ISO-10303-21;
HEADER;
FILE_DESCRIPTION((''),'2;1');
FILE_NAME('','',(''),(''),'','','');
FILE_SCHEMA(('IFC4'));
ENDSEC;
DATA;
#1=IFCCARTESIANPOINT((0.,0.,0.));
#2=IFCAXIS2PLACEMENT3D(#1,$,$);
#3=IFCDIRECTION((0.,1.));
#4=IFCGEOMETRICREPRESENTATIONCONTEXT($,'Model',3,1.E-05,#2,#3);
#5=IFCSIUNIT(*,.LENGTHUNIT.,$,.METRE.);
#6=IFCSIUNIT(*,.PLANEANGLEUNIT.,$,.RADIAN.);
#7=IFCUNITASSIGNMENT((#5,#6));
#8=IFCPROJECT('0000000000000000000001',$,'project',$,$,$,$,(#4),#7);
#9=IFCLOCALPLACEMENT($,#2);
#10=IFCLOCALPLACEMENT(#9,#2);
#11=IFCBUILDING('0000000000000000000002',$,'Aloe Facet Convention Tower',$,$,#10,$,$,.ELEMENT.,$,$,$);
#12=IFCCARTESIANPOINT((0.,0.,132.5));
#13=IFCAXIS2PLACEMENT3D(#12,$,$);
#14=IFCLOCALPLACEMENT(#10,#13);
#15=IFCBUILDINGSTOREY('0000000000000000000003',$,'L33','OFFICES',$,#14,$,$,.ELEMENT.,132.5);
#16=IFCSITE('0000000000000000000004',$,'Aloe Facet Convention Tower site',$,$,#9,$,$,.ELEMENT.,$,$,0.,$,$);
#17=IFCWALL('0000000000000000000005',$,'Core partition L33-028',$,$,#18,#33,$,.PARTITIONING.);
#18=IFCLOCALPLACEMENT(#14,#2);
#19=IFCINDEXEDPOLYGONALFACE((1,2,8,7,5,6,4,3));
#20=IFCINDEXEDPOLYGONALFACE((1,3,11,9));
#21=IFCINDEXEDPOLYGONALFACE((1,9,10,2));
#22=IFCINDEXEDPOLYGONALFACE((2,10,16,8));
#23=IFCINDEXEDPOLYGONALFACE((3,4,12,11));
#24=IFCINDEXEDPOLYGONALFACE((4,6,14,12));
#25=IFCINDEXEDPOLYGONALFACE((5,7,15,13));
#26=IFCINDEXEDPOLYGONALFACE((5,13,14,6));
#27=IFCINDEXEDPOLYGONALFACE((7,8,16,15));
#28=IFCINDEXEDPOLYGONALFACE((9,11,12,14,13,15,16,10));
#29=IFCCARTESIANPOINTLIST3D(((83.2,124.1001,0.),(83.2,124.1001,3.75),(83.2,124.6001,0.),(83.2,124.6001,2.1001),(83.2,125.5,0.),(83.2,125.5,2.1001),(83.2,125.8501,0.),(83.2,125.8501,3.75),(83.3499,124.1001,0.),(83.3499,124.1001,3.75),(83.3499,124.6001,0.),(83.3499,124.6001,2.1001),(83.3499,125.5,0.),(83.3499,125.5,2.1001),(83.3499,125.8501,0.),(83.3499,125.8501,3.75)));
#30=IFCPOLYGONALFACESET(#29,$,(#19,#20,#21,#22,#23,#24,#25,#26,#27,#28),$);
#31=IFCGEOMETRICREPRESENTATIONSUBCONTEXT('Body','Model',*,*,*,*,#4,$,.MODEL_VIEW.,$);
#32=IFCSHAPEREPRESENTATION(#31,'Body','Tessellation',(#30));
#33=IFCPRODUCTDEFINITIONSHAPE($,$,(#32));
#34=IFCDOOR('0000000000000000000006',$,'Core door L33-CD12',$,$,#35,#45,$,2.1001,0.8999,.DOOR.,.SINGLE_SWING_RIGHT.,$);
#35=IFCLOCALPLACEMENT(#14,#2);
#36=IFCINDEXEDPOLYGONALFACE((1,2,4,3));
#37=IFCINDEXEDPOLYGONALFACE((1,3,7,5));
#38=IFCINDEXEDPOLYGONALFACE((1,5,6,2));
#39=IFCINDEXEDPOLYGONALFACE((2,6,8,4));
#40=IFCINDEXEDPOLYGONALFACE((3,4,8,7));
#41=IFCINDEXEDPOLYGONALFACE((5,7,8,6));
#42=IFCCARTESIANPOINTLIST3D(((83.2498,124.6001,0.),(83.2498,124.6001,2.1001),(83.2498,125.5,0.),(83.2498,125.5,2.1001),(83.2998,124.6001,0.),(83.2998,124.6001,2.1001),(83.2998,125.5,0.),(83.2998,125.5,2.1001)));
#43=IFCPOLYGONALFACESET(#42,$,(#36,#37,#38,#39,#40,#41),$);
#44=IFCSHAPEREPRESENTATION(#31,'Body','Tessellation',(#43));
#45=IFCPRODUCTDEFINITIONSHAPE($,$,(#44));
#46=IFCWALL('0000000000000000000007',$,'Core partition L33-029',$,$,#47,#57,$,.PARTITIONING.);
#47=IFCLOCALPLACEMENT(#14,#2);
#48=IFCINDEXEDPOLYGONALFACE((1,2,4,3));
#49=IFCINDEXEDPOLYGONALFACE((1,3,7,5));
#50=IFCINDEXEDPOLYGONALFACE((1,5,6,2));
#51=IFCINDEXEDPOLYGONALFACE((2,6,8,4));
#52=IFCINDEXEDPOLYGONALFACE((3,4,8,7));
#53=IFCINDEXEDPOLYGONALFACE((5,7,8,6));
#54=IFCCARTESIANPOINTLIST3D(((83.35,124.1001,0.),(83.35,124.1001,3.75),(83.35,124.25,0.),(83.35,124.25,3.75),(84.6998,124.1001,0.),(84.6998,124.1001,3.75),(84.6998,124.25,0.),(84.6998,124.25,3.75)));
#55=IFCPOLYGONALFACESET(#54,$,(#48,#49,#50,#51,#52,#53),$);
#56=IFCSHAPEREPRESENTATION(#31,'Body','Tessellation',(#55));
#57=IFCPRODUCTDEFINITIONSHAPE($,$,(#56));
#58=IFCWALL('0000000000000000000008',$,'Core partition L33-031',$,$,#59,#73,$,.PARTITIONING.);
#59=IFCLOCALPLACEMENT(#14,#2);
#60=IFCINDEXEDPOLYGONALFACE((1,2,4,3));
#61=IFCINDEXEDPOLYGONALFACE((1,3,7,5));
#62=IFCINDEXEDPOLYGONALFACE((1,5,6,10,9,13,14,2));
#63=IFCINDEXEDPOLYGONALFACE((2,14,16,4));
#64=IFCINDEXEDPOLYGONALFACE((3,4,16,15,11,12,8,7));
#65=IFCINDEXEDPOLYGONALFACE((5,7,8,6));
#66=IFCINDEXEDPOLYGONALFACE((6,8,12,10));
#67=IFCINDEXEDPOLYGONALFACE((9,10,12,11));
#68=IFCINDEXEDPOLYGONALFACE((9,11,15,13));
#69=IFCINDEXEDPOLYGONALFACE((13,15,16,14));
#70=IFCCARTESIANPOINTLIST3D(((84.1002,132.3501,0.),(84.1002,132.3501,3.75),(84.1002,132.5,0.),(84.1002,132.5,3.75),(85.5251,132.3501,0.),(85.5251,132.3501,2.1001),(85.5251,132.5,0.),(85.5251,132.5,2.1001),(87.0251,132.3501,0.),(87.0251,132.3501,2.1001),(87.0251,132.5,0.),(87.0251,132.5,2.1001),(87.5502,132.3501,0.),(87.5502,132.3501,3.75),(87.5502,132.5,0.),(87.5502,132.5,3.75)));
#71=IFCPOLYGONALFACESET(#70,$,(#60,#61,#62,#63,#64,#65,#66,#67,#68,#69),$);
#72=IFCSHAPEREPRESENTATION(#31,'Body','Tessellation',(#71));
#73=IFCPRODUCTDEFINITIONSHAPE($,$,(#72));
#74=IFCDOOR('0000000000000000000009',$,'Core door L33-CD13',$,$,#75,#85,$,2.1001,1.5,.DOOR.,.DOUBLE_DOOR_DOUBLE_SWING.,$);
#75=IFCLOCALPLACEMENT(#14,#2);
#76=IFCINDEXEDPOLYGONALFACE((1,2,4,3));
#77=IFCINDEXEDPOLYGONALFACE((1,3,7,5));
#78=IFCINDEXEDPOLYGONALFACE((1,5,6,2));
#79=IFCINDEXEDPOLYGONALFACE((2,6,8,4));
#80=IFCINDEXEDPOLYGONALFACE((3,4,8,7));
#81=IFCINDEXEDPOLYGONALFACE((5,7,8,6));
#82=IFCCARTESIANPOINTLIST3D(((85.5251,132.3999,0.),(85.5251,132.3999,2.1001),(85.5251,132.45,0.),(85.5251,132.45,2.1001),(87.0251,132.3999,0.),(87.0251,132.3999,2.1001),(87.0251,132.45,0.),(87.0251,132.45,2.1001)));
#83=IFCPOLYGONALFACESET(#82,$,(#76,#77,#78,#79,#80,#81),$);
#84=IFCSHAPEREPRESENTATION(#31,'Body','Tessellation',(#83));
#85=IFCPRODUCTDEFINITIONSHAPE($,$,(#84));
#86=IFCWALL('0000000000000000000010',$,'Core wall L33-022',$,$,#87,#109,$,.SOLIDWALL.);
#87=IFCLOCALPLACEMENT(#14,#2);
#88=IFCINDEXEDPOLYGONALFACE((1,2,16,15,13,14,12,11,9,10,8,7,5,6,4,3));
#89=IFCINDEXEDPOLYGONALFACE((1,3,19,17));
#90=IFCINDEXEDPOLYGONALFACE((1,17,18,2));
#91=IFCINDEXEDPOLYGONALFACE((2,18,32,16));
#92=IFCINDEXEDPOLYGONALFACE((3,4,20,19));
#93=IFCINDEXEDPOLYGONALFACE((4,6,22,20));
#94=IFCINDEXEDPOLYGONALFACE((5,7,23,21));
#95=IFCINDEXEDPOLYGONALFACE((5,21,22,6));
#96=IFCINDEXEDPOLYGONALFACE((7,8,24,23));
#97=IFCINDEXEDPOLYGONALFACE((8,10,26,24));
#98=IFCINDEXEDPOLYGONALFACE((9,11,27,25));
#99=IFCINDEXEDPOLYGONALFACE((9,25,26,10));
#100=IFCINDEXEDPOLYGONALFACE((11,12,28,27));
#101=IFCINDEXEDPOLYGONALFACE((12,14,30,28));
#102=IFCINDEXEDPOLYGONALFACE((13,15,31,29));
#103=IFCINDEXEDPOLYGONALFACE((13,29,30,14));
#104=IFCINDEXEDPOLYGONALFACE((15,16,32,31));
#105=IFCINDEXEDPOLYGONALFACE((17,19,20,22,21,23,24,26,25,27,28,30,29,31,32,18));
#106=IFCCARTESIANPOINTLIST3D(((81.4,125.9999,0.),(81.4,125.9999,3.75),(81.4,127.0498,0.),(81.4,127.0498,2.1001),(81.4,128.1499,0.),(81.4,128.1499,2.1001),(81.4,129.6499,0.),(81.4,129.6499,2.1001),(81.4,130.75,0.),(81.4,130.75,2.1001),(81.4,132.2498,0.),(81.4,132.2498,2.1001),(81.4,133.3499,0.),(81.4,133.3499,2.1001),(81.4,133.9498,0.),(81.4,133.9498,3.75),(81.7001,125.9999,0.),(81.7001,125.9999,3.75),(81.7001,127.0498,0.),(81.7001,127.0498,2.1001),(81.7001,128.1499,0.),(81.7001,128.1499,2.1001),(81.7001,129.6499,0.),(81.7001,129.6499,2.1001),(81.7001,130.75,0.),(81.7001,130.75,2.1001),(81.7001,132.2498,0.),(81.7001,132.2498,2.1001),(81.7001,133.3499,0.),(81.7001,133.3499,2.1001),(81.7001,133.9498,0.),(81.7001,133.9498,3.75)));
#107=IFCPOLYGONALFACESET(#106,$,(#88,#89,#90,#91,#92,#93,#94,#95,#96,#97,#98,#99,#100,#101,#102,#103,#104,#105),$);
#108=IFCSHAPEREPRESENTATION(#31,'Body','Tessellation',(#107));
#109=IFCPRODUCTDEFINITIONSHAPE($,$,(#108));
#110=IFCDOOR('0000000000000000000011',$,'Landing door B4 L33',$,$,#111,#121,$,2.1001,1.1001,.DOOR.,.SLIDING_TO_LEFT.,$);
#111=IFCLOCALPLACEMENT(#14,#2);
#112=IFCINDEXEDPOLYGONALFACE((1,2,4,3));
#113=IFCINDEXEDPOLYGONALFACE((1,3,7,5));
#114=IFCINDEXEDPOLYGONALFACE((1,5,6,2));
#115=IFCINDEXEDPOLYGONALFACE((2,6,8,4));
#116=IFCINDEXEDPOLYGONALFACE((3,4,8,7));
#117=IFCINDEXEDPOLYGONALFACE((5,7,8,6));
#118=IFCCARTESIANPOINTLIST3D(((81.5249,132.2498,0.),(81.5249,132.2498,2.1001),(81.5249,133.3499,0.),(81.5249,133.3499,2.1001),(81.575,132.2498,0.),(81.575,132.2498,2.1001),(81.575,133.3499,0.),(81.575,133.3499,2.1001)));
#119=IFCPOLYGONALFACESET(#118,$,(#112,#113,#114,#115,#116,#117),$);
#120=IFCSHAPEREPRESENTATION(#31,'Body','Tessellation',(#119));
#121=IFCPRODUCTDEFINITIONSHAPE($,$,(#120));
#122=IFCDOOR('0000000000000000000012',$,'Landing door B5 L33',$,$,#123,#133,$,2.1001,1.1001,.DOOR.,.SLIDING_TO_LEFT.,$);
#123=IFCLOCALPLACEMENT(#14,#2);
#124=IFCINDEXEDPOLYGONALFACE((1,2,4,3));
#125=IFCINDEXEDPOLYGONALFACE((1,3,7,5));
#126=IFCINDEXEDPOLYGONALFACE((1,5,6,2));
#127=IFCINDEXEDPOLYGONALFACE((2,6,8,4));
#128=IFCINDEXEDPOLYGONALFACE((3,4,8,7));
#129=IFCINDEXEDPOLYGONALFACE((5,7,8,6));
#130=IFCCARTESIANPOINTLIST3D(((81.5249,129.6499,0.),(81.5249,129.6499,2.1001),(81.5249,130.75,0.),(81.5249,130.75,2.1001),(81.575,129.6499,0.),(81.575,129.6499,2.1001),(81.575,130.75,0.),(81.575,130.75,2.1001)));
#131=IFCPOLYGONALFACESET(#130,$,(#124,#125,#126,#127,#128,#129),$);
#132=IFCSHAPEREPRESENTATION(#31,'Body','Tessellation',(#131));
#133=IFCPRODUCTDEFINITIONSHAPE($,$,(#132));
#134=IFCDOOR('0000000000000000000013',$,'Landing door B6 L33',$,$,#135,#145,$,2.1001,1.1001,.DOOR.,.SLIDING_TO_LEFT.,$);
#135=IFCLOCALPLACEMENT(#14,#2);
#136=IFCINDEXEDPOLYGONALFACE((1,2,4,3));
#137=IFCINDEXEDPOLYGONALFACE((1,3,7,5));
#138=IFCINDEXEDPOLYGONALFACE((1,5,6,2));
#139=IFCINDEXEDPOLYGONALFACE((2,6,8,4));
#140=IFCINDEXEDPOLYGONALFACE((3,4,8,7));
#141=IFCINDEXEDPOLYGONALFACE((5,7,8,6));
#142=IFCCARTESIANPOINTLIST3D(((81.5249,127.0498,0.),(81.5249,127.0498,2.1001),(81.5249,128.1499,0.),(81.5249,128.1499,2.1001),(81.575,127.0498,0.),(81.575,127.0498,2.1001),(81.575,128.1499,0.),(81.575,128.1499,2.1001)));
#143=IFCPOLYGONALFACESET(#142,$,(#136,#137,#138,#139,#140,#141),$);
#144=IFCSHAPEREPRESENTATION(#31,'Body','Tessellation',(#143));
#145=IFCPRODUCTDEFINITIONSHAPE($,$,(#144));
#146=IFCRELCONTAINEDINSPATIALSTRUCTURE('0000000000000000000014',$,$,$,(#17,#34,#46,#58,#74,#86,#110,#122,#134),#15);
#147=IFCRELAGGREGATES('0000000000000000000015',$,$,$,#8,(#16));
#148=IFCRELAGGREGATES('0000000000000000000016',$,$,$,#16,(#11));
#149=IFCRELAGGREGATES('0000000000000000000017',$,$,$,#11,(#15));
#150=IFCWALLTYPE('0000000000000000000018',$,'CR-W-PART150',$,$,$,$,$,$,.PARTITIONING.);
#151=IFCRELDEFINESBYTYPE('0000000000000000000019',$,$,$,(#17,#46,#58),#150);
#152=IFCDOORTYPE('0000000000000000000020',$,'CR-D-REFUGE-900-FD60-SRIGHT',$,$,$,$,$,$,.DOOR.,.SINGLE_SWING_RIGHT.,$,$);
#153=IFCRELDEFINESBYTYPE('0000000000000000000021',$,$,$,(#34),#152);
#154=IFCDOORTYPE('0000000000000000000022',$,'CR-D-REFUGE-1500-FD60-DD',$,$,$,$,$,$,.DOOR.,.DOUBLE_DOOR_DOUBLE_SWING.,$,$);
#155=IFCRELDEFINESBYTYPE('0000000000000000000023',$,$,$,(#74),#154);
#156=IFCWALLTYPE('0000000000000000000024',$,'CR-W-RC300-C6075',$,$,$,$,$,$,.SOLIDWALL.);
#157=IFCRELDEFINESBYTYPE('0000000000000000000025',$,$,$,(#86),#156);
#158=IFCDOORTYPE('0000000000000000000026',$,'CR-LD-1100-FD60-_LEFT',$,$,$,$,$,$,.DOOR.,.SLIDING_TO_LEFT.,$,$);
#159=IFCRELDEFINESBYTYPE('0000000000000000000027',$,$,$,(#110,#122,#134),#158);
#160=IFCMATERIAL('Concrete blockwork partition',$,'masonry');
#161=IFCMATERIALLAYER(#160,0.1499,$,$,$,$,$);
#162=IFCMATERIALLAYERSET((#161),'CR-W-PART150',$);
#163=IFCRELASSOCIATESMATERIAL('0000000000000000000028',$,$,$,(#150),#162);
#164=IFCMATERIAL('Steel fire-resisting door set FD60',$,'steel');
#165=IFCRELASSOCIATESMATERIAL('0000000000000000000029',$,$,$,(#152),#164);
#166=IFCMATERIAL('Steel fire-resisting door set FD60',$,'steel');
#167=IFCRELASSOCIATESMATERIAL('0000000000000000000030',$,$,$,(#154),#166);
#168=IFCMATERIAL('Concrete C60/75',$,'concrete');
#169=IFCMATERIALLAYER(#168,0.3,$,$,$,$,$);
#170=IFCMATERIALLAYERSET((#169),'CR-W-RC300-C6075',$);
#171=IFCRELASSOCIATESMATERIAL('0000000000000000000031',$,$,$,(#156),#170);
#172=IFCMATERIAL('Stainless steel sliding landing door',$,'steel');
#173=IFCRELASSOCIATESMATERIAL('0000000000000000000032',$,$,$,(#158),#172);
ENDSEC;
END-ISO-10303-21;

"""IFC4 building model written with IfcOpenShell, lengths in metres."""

from ifc_helpers import new_model, si_unit, direction, frame, frame_2d, origin, place, context, subcontext, project, spatial, rectangle, extrude, material, layer, layer_set, type_object, element, fill, save


model = new_model("IFC4")

# Units and contexts
model_context = context("Model", 3, precision=1e-05, world=origin(), true_north=direction((0.0, 1.0)))
body_context = subcontext(model_context, "Body", "Model", "MODEL_VIEW")
ifc_project = project(units=[si_unit("LENGTHUNIT", "METRE"), si_unit("PLANEANGLEUNIT", "RADIAN")], contexts=[model_context])

# Site, building, storey
site_placement = place(None, origin())
site = spatial("IfcSite", under=ifc_project, at=site_placement, Name="Aloe Facet Convention Tower site", CompositionType="ELEMENT", RefElevation=0.0)
building_placement = place(site_placement, origin())
building = spatial("IfcBuilding", under=site, at=building_placement, Name="Aloe Facet Convention Tower", CompositionType="ELEMENT")
storey_placement = place(building_placement, frame((0.0, 0.0, 132.5)))
storey = spatial("IfcBuildingStorey", under=building, at=storey_placement, Name="L33", Description="OFFICES", CompositionType="ELEMENT", Elevation=132.5)

# Wall, opening, door
ifc_material_1 = material(Name="Concrete blockwork partition", Category="masonry")
ifc_layer_1 = layer(ifc_material_1, 0.1499)
ifc_layer_set_1 = layer_set([ifc_layer_1], Name="CR-W-PART150")
wall_type_1 = type_object("IfcWallType", Name="CR-W-PART150", PredefinedType="PARTITIONING", material=ifc_layer_set_1)
wall_1_placement = place(storey_placement, frame((83.2749, 125.8501, 0.0), z_axis=(0.0, 0.0, 1.0), x_axis=(0.0, -1.0, 0.0)))
wall_1 = element("IfcWall", 1, at=wall_1_placement, inside=storey, type_object=wall_type_1, Name="Core partition L33-028", PredefinedType="PARTITIONING", context=body_context, shape_type="SweptSolid", body=[
    extrude(rectangle(XDim=1.75, YDim=0.1499, at=frame_2d((0.875, 0.0))), origin(), (0.0, 0.0, 1.0), 3.75),
])
opening_1_placement = place(wall_1_placement, frame((0.3501, 0.0, 0.0)))
opening_1 = element("IfcOpeningElement", 2, at=opening_1_placement, cuts=wall_1, PredefinedType="OPENING", context=body_context, shape_type="SweptSolid", body=[
    extrude(rectangle(XDim=0.8999, YDim=2.1001, at=frame_2d((0.45, 1.05))), frame((0.0, 0.085, 0.0), z_axis=(0.0, -1.0, 0.0), x_axis=(1.0, 0.0, 0.0)), (0.0, 0.0, 1.0), 0.1699),
])
ifc_material_2 = material(Name="Steel fire-resisting door set FD60", Category="steel")
door_type_1 = type_object("IfcDoorType", Name="CR-D-REFUGE-900-FD60-SRIGHT", OperationType="SINGLE_SWING_RIGHT", PredefinedType="DOOR", material=ifc_material_2)
door_1_placement = place(opening_1_placement, origin())
door_1 = element("IfcDoor", 3, at=door_1_placement, inside=storey, type_object=door_type_1, Name="Core door L33-CD12", OperationType="SINGLE_SWING_RIGHT", OverallHeight=2.1001, OverallWidth=0.8999, PredefinedType="DOOR", context=body_context, shape_type="SweptSolid", body=[
    extrude(rectangle(XDim=0.8999, YDim=2.1001, at=frame_2d((0.45, 1.05))), frame((0.0, 0.0249, 0.0), z_axis=(0.0, -1.0, 0.0), x_axis=(1.0, 0.0, 0.0)), (0.0, 0.0, 1.0), 0.05),
])
fill(opening_1, door_1)

# Wall
wall_2_placement = place(storey_placement, frame((83.3501, 124.175, 0.0), z_axis=(0.0, 0.0, 1.0), x_axis=(1.0, 0.0, 0.0)))
element("IfcWall", 4, at=wall_2_placement, inside=storey, type_object=wall_type_1, Name="Core partition L33-029", PredefinedType="PARTITIONING", context=body_context, shape_type="SweptSolid", body=[
    extrude(rectangle(XDim=1.3499, YDim=0.1499, at=frame_2d((0.6748, 0.0))), origin(), (0.0, 0.0, 1.0), 3.75),
])

# Wall, opening, door
wall_3_placement = place(storey_placement, frame((84.1001, 132.425, 0.0), z_axis=(0.0, 0.0, 1.0), x_axis=(1.0, 0.0, 0.0)))
wall_3 = element("IfcWall", 5, at=wall_3_placement, inside=storey, type_object=wall_type_1, Name="Core partition L33-031", PredefinedType="PARTITIONING", context=body_context, shape_type="SweptSolid", body=[
    extrude(rectangle(XDim=3.45, YDim=0.1499, at=frame_2d((1.7251, 0.0))), origin(), (0.0, 0.0, 1.0), 3.75),
])
opening_2_placement = place(wall_3_placement, frame((1.425, 0.0, 0.0)))
opening_2 = element("IfcOpeningElement", 6, at=opening_2_placement, cuts=wall_3, PredefinedType="OPENING", context=body_context, shape_type="SweptSolid", body=[
    extrude(rectangle(XDim=1.5, YDim=2.1001, at=frame_2d((0.75, 1.05))), frame((0.0, 0.085, 0.0), z_axis=(0.0, -1.0, 0.0), x_axis=(1.0, 0.0, 0.0)), (0.0, 0.0, 1.0), 0.1699),
])
ifc_material_3 = material(Name="Steel fire-resisting door set FD60", Category="steel")
door_type_2 = type_object("IfcDoorType", Name="CR-D-REFUGE-1500-FD60-DD", OperationType="DOUBLE_DOOR_DOUBLE_SWING", PredefinedType="DOOR", material=ifc_material_3)
door_2_placement = place(opening_2_placement, origin())
door_2 = element("IfcDoor", 7, at=door_2_placement, inside=storey, type_object=door_type_2, Name="Core door L33-CD13", OperationType="DOUBLE_DOOR_DOUBLE_SWING", OverallHeight=2.1001, OverallWidth=1.5, PredefinedType="DOOR", context=body_context, shape_type="SweptSolid", body=[
    extrude(rectangle(XDim=1.5, YDim=2.1001, at=frame_2d((0.75, 1.05))), frame((0.0, 0.0249, 0.0), z_axis=(0.0, -1.0, 0.0), x_axis=(1.0, 0.0, 0.0)), (0.0, 0.0, 1.0), 0.05),
])
fill(opening_2, door_2)

# Wall, openings, doors
ifc_material_4 = material(Name="Concrete C60/75", Category="concrete")
ifc_layer_2 = layer(ifc_material_4, 0.3)
ifc_layer_set_2 = layer_set([ifc_layer_2], Name="CR-W-RC300-C6075")
wall_type_2 = type_object("IfcWallType", Name="CR-W-RC300-C6075", PredefinedType="SOLIDWALL", material=ifc_layer_set_2)
wall_4_placement = place(storey_placement, frame((81.55, 133.95, 0.0), z_axis=(0.0, 0.0, 1.0), x_axis=(0.0, -1.0, 0.0)))
wall_4 = element("IfcWall", 8, at=wall_4_placement, inside=storey, type_object=wall_type_2, Name="Core wall L33-022", PredefinedType="SOLIDWALL", context=body_context, shape_type="SweptSolid", body=[
    extrude(rectangle(XDim=7.95, YDim=0.3, at=frame_2d((3.9751, 0.0))), origin(), (0.0, 0.0, 1.0), 3.75),
])
opening_3_placement = place(wall_4_placement, frame((0.6001, 0.0, 0.0)))
opening_3 = element("IfcOpeningElement", 9, at=opening_3_placement, cuts=wall_4, PredefinedType="OPENING", context=body_context, shape_type="SweptSolid", body=[
    extrude(rectangle(XDim=1.1001, YDim=2.1001, at=frame_2d((0.55, 1.05))), frame((0.0, 0.1602, 0.0), z_axis=(0.0, -1.0, 0.0), x_axis=(1.0, 0.0, 0.0)), (0.0, 0.0, 1.0), 0.3201),
])
opening_4_placement = place(wall_4_placement, frame((3.2, 0.0, 0.0)))
opening_4 = element("IfcOpeningElement", 10, at=opening_4_placement, cuts=wall_4, PredefinedType="OPENING", context=body_context, shape_type="SweptSolid", body=[
    extrude(rectangle(XDim=1.1001, YDim=2.1001, at=frame_2d((0.55, 1.05))), frame((0.0, 0.1602, 0.0), z_axis=(0.0, -1.0, 0.0), x_axis=(1.0, 0.0, 0.0)), (0.0, 0.0, 1.0), 0.3201),
])
opening_5_placement = place(wall_4_placement, frame((5.8, 0.0, 0.0)))
opening_5 = element("IfcOpeningElement", 11, at=opening_5_placement, cuts=wall_4, PredefinedType="OPENING", context=body_context, shape_type="SweptSolid", body=[
    extrude(rectangle(XDim=1.1001, YDim=2.1001, at=frame_2d((0.55, 1.05))), frame((0.0, 0.1602, 0.0), z_axis=(0.0, -1.0, 0.0), x_axis=(1.0, 0.0, 0.0)), (0.0, 0.0, 1.0), 0.3201),
])
ifc_material_5 = material(Name="Stainless steel sliding landing door", Category="steel")
door_type_3 = type_object("IfcDoorType", Name="CR-LD-1100-FD60-_LEFT", OperationType="SLIDING_TO_LEFT", PredefinedType="DOOR", material=ifc_material_5)
door_3_placement = place(opening_3_placement, origin())
door_3 = element("IfcDoor", 12, at=door_3_placement, inside=storey, type_object=door_type_3, Name="Landing door B4 L33", OperationType="SLIDING_TO_LEFT", OverallHeight=2.1001, OverallWidth=1.1001, PredefinedType="DOOR", context=body_context, shape_type="SweptSolid", body=[
    extrude(rectangle(XDim=1.1001, YDim=2.1001, at=frame_2d((0.55, 1.05))), frame((0.0, 0.0249, 0.0), z_axis=(0.0, -1.0, 0.0), x_axis=(1.0, 0.0, 0.0)), (0.0, 0.0, 1.0), 0.05),
])
fill(opening_3, door_3)
door_4_placement = place(opening_4_placement, origin())
door_4 = element("IfcDoor", 13, at=door_4_placement, inside=storey, type_object=door_type_3, Name="Landing door B5 L33", OperationType="SLIDING_TO_LEFT", OverallHeight=2.1001, OverallWidth=1.1001, PredefinedType="DOOR", context=body_context, shape_type="SweptSolid", body=[
    extrude(rectangle(XDim=1.1001, YDim=2.1001, at=frame_2d((0.55, 1.05))), frame((0.0, 0.0249, 0.0), z_axis=(0.0, -1.0, 0.0), x_axis=(1.0, 0.0, 0.0)), (0.0, 0.0, 1.0), 0.05),
])
fill(opening_4, door_4)
door_5_placement = place(opening_5_placement, origin())
door_5 = element("IfcDoor", 14, at=door_5_placement, inside=storey, type_object=door_type_3, Name="Landing door B6 L33", OperationType="SLIDING_TO_LEFT", OverallHeight=2.1001, OverallWidth=1.1001, PredefinedType="DOOR", context=body_context, shape_type="SweptSolid", body=[
    extrude(rectangle(XDim=1.1001, YDim=2.1001, at=frame_2d((0.55, 1.05))), frame((0.0, 0.0249, 0.0), z_axis=(0.0, -1.0, 0.0), x_axis=(1.0, 0.0, 0.0)), (0.0, 0.0, 1.0), 0.05),
])
fill(opening_5, door_5)

save(model, "model.ifc")
